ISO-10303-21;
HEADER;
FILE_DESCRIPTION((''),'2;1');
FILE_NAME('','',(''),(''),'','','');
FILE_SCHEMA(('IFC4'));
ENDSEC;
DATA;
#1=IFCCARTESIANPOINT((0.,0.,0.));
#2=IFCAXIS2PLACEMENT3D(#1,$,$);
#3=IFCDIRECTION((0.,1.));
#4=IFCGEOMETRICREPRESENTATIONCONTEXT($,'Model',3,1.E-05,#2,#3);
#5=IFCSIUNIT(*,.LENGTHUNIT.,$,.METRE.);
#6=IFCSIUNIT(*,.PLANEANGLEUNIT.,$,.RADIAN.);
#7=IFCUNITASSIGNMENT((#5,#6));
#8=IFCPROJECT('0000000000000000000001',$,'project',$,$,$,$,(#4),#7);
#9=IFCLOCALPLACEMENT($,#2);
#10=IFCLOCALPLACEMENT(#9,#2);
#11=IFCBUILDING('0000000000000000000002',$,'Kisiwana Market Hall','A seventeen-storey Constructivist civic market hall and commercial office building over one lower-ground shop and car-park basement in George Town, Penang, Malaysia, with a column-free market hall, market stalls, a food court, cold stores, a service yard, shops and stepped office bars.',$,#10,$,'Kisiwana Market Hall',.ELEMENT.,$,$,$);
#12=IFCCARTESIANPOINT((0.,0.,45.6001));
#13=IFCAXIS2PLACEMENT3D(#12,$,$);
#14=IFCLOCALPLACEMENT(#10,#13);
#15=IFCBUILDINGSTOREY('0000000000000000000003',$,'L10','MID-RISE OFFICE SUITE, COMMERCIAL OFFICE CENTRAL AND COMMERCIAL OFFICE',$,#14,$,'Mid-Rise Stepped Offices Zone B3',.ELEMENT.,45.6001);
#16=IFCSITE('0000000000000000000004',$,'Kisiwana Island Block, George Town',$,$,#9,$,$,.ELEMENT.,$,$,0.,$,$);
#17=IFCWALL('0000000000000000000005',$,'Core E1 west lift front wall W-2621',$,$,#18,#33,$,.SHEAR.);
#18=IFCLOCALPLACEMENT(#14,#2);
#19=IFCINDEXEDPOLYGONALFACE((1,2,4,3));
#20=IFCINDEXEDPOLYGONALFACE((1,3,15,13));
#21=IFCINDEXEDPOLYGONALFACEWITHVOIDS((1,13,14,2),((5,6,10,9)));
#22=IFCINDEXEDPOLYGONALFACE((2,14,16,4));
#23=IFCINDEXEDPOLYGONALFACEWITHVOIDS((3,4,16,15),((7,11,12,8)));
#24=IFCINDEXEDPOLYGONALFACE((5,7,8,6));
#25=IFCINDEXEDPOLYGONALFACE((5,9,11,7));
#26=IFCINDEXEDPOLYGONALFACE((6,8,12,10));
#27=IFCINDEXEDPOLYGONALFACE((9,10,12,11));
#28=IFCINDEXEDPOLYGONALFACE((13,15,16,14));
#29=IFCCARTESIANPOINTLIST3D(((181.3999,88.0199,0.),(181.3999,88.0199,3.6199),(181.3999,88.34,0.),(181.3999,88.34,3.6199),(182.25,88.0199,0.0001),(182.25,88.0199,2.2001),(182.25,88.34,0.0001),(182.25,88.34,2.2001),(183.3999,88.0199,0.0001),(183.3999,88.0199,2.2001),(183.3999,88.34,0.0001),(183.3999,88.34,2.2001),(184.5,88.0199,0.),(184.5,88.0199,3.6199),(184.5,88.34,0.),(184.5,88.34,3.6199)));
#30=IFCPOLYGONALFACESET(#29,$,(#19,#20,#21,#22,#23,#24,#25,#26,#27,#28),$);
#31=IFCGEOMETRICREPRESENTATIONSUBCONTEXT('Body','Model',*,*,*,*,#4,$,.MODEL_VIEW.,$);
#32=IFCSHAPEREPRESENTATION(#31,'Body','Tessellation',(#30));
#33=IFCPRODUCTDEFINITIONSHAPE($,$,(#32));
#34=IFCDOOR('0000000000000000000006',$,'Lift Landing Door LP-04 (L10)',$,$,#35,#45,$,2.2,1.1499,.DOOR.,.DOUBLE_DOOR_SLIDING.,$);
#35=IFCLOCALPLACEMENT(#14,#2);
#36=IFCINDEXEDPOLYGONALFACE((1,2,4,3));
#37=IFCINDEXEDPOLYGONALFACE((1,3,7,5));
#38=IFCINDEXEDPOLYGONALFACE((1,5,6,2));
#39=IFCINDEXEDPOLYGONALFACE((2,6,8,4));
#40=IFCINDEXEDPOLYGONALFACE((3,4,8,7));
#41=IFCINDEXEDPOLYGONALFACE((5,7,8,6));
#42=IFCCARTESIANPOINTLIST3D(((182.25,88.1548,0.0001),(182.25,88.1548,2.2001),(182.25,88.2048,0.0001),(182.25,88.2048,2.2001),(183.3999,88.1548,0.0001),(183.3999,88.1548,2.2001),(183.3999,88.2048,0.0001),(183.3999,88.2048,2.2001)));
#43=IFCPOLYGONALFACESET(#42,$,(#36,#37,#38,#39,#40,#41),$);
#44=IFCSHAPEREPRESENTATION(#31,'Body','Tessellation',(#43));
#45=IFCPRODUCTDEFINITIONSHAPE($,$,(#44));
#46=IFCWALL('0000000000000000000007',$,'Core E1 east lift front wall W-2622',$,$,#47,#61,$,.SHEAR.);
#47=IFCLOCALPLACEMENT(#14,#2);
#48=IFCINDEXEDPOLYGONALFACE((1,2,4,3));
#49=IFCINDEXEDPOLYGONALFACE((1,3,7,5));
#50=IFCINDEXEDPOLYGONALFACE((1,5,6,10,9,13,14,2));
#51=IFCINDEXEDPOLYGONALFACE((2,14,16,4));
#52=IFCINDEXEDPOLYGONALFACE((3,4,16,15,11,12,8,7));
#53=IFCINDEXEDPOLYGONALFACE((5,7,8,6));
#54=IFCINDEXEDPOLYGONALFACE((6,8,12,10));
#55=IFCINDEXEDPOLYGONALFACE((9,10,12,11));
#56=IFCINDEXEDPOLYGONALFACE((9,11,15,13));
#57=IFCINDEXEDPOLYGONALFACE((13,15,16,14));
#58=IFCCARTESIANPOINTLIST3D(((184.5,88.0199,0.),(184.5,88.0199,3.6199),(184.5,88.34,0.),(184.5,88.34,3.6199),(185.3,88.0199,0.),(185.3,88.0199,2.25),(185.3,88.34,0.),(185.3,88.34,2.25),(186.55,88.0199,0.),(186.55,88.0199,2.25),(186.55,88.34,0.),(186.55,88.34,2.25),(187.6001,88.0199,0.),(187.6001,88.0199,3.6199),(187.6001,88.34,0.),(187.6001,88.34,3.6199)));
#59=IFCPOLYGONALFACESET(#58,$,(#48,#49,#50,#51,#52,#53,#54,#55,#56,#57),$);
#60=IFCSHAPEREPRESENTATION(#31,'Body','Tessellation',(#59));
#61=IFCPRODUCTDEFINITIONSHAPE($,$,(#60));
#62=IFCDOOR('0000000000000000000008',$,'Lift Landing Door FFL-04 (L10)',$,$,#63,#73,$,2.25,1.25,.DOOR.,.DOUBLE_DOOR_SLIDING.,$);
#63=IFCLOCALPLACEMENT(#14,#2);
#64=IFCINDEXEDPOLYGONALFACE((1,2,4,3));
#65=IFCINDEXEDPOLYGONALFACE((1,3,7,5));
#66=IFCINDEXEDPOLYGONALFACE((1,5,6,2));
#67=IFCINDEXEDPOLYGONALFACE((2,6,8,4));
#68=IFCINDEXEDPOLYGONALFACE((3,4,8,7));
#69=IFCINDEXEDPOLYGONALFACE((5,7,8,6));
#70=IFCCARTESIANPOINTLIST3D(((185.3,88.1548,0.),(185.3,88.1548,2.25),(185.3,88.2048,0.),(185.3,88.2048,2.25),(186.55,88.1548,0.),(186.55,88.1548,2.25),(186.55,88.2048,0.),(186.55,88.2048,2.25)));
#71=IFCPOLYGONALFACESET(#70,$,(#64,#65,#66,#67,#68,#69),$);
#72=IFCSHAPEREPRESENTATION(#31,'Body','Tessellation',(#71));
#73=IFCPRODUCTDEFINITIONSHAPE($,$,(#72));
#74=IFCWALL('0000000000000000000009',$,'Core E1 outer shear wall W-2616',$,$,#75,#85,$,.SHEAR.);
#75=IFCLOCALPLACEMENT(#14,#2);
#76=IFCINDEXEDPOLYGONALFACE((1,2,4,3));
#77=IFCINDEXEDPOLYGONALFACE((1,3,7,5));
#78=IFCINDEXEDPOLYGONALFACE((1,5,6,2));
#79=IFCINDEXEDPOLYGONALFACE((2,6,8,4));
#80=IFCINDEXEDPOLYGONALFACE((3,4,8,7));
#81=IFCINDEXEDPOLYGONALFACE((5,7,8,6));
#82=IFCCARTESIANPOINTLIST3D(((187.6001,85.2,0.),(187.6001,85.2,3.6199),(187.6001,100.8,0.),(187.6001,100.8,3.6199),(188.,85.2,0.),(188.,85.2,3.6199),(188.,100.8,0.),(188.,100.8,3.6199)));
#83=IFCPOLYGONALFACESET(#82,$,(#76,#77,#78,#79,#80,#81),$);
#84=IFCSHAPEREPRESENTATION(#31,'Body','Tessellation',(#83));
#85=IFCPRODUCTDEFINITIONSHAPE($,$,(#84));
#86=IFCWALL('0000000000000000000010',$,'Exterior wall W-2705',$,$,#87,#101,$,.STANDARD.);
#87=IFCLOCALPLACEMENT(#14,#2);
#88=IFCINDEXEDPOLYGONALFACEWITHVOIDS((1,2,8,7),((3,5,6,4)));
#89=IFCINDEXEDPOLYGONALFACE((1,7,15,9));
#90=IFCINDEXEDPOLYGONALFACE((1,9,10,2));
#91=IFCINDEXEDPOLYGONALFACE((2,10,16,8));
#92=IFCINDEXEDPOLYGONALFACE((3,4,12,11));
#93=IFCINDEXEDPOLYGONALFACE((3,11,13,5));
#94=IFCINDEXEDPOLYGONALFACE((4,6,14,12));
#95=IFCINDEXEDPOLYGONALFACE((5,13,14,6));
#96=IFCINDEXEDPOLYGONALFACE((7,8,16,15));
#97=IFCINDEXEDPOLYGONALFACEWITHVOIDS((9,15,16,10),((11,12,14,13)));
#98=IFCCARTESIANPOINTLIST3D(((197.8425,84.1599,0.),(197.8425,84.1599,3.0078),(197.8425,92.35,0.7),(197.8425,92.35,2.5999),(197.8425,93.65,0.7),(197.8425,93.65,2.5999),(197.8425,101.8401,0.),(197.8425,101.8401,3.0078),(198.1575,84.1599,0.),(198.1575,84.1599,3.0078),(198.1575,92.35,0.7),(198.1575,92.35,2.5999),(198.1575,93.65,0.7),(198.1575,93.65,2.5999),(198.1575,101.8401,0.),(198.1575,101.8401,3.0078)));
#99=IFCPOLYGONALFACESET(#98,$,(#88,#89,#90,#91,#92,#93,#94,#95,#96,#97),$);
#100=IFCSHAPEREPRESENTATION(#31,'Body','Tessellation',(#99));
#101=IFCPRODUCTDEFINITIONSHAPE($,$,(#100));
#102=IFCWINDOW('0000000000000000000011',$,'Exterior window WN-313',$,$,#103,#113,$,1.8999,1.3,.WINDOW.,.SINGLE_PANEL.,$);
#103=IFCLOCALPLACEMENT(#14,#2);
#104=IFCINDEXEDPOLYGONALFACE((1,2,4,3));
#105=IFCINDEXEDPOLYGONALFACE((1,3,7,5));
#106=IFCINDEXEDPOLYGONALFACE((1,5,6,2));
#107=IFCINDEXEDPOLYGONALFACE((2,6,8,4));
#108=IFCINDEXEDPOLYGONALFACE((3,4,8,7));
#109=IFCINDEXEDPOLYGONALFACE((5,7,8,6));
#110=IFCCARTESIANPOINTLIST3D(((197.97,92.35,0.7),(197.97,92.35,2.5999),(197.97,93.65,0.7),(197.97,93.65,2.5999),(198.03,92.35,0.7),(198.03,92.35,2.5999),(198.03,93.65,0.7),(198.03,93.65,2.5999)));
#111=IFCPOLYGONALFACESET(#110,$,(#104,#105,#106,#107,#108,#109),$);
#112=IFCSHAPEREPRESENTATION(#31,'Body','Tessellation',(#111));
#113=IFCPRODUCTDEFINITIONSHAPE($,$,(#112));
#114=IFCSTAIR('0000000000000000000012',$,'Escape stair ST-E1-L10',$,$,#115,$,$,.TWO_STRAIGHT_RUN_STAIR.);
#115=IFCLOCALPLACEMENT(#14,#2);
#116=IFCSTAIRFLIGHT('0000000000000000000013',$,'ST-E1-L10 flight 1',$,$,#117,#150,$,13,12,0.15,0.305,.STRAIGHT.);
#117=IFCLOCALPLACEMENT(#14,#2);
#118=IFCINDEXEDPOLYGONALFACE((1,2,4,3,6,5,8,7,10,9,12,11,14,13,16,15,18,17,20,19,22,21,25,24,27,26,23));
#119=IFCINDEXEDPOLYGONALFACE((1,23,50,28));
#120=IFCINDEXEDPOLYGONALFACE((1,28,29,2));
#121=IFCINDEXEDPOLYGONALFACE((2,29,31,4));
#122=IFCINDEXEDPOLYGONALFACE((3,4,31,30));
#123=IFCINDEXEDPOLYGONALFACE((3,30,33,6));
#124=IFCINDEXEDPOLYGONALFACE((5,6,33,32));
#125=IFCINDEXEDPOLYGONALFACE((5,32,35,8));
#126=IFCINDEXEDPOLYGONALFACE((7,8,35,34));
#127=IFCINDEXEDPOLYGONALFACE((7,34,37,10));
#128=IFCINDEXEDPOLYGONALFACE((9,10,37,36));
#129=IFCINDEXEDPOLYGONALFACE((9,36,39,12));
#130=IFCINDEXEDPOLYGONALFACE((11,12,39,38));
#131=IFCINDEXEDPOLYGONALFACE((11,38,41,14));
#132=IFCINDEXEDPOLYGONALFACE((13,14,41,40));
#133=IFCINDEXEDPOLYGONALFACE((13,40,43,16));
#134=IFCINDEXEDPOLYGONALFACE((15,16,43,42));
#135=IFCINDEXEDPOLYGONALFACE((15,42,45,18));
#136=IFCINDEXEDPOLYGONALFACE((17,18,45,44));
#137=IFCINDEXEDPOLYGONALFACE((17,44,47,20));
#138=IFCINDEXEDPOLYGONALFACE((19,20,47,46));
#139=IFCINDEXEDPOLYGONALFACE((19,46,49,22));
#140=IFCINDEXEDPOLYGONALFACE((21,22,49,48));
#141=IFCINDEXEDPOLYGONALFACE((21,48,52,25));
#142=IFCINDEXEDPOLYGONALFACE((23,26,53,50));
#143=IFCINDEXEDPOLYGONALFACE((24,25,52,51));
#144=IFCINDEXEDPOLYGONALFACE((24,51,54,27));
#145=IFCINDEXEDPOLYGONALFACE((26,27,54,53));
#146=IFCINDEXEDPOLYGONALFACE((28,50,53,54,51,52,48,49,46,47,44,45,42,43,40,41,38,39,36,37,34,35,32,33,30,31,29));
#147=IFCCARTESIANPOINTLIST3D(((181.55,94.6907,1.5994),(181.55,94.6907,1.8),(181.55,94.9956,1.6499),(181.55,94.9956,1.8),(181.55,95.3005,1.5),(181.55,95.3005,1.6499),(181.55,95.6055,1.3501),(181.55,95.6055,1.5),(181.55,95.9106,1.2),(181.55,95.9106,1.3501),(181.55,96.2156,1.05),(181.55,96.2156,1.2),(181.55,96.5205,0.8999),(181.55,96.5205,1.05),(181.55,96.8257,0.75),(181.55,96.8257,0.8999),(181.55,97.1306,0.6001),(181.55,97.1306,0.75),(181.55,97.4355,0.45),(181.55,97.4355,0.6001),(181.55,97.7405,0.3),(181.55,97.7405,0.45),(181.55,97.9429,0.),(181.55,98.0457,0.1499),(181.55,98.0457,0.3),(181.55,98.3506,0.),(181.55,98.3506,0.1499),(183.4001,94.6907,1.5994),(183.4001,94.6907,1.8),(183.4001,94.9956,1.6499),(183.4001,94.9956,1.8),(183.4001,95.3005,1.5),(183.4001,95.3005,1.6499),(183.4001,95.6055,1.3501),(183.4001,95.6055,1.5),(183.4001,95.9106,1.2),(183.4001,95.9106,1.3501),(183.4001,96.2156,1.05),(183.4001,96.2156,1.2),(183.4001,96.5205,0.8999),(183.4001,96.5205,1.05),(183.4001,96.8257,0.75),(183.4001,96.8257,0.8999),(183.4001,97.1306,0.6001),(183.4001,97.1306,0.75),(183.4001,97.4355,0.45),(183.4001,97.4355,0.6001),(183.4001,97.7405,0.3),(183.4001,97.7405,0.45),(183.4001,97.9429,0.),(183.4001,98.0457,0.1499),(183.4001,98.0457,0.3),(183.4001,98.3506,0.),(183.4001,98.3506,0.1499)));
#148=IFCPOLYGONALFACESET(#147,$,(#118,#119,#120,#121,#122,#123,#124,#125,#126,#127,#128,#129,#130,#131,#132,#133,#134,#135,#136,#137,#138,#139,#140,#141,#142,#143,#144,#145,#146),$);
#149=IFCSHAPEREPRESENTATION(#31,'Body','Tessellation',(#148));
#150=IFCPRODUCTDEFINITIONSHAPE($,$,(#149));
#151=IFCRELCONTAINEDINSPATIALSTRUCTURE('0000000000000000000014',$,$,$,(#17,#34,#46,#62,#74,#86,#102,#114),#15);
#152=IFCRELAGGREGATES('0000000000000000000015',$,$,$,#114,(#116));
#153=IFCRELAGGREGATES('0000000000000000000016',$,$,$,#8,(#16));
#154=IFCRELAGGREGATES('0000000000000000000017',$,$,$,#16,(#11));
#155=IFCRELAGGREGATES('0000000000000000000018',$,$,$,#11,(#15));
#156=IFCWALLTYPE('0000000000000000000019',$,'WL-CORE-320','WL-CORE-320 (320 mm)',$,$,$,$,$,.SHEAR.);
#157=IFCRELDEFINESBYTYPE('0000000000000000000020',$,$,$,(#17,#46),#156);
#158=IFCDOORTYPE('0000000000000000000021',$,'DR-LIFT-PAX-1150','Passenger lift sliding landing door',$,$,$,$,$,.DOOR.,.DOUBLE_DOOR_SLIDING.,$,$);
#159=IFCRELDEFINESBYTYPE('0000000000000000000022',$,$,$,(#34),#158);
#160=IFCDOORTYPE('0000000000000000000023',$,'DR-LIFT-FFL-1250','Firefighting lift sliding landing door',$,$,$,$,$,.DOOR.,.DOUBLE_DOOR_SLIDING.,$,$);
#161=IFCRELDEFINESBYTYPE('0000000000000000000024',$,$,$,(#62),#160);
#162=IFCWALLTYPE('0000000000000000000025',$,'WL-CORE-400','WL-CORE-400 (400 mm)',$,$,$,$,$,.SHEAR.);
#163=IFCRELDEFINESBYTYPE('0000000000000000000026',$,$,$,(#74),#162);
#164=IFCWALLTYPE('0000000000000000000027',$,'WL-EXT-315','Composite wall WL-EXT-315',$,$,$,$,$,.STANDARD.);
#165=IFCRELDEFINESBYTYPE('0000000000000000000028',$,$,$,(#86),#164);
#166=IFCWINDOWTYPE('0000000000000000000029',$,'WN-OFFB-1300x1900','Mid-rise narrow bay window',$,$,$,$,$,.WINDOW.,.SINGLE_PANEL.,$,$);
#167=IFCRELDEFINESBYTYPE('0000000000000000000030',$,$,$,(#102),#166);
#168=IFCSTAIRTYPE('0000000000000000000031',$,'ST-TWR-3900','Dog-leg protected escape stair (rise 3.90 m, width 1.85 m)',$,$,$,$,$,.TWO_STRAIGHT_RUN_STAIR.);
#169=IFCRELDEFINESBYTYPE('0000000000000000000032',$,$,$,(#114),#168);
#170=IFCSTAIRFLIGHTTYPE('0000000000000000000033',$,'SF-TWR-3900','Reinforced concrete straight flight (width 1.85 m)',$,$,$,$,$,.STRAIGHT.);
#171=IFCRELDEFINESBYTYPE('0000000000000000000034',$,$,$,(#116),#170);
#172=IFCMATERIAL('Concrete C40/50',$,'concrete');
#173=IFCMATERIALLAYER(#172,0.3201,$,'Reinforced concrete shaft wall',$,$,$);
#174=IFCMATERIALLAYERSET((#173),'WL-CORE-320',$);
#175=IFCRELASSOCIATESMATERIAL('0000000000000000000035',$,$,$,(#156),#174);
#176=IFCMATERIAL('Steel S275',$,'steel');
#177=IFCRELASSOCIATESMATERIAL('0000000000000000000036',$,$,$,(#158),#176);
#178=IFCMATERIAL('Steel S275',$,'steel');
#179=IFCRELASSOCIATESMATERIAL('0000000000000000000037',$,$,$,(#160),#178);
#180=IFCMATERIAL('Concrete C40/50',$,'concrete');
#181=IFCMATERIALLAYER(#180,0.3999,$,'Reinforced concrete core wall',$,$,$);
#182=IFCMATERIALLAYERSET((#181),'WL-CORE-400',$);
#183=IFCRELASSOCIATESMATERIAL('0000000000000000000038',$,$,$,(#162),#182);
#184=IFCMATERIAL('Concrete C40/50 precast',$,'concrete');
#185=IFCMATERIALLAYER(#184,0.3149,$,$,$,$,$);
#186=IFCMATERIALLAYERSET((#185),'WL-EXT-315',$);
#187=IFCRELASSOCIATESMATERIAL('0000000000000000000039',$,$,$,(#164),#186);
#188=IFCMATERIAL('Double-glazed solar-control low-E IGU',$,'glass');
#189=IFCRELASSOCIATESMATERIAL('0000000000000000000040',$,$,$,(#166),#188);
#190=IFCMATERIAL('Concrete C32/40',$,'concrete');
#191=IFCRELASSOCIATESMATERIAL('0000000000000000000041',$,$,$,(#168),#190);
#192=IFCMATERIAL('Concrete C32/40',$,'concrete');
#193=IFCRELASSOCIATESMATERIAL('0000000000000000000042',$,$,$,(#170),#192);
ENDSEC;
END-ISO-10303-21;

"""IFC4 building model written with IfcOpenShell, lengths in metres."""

from ifc_helpers import new_model, si_unit, direction, frame, frame_2d, origin, place, context, subcontext, project, spatial, polyline, rectangle, outline, extrude, material, layer, layer_set, type_object, element, fill, aggregate, save


model = new_model("IFC4")

# Units and contexts
model_context = context("Model", 3, precision=1e-05, world=origin(), true_north=direction((0.0, 1.0)))
body_context = subcontext(model_context, "Body", "Model", "MODEL_VIEW")
ifc_project = project(units=[si_unit("LENGTHUNIT", "METRE"), si_unit("PLANEANGLEUNIT", "RADIAN")], contexts=[model_context])

# Site, building, storey
site_placement = place(None, origin())
site = spatial("IfcSite", under=ifc_project, at=site_placement, Name="Kisiwana Island Block, George Town", CompositionType="ELEMENT", RefElevation=0.0)
building_placement = place(site_placement, origin())
building = spatial("IfcBuilding", under=site, at=building_placement, Name="Kisiwana Market Hall", Description="A seventeen-storey Constructivist civic market hall and commercial office building over one lower-ground shop and car-park basement in George Town, Penang, Malaysia, with a column-free market hall, market stalls, a food court, cold stores, a service yard, shops and stepped office bars.", LongName="Kisiwana Market Hall", CompositionType="ELEMENT")
storey_placement = place(building_placement, frame((0.0, 0.0, 45.6001)))
storey = spatial("IfcBuildingStorey", under=building, at=storey_placement, Name="L10", Description="MID-RISE OFFICE SUITE, COMMERCIAL OFFICE CENTRAL AND COMMERCIAL OFFICE", LongName="Mid-Rise Stepped Offices Zone B3", CompositionType="ELEMENT", Elevation=45.6001)

# Shared definitions
ifc_material_1 = material(Name="Concrete C40/50", Category="concrete")
ifc_layer_1 = layer(ifc_material_1, 0.3201, Name="Reinforced concrete shaft wall")
ifc_layer_set_1 = layer_set([ifc_layer_1], Name="WL-CORE-320")
wall_type_1 = type_object("IfcWallType", Name="WL-CORE-320", Description="WL-CORE-320 (320 mm)", PredefinedType="SHEAR", material=ifc_layer_set_1)

# Walls, openings, doors
wall_1_placement = place(storey_placement, frame((181.3999, 88.1799, 0.0), z_axis=(0.0, 0.0, 1.0), x_axis=(1.0, 0.0, 0.0)))
wall_1 = element("IfcWall", 1, at=wall_1_placement, inside=storey, type_object=wall_type_1, Name="Core E1 west lift front wall W-2621", PredefinedType="SHEAR", context=body_context, shape_type="SweptSolid", body=[
    extrude(rectangle(XDim=3.1001, YDim=0.3201, at=frame_2d((1.55, 0.0))), origin(), (0.0, 0.0, 1.0), 3.6199),
])
opening_1_placement = place(wall_1_placement, frame((0.8501, 0.0, 0.0)))
opening_1 = element("IfcOpeningElement", 2, at=opening_1_placement, cuts=wall_1, PredefinedType="OPENING", context=body_context, shape_type="SweptSolid", body=[
    extrude(rectangle(XDim=1.1499, YDim=2.2, at=frame_2d((0.575, 1.1001))), frame((0.0, 0.1719, 0.0), z_axis=(0.0, -1.0, 0.0), x_axis=(1.0, 0.0, 0.0)), (0.0, 0.0, 1.0), 0.344),
])
ifc_material_2 = material(Name="Steel S275", Category="steel")
door_type_1 = type_object("IfcDoorType", Name="DR-LIFT-PAX-1150", Description="Passenger lift sliding landing door", OperationType="DOUBLE_DOOR_SLIDING", PredefinedType="DOOR", material=ifc_material_2)
door_1_placement = place(opening_1_placement, origin())
door_1 = element("IfcDoor", 3, at=door_1_placement, inside=storey, type_object=door_type_1, Name="Lift Landing Door LP-04 (L10)", OperationType="DOUBLE_DOOR_SLIDING", OverallHeight=2.2, OverallWidth=1.1499, PredefinedType="DOOR", context=body_context, shape_type="SweptSolid", body=[
    extrude(rectangle(XDim=1.1499, YDim=2.2, at=frame_2d((0.575, 1.1001))), frame((0.0, 0.0249, 0.0), z_axis=(0.0, -1.0, 0.0), x_axis=(1.0, 0.0, 0.0)), (0.0, 0.0, 1.0), 0.05),
])
fill(opening_1, door_1)
wall_2_placement = place(storey_placement, frame((184.5, 88.1799, 0.0), z_axis=(0.0, 0.0, 1.0), x_axis=(1.0, 0.0, 0.0)))
wall_2 = element("IfcWall", 4, at=wall_2_placement, inside=storey, type_object=wall_type_1, Name="Core E1 east lift front wall W-2622", PredefinedType="SHEAR", context=body_context, shape_type="SweptSolid", body=[
    extrude(rectangle(XDim=3.1001, YDim=0.3201, at=frame_2d((1.55, 0.0))), origin(), (0.0, 0.0, 1.0), 3.6199),
])
opening_2_placement = place(wall_2_placement, frame((0.8, 0.0, 0.0)))
opening_2 = element("IfcOpeningElement", 5, at=opening_2_placement, cuts=wall_2, PredefinedType="OPENING", context=body_context, shape_type="SweptSolid", body=[
    extrude(rectangle(XDim=1.25, YDim=2.25, at=frame_2d((0.625, 1.125))), frame((0.0, 0.1719, 0.0), z_axis=(0.0, -1.0, 0.0), x_axis=(1.0, 0.0, 0.0)), (0.0, 0.0, 1.0), 0.344),
])
ifc_material_3 = material(Name="Steel S275", Category="steel")
door_type_2 = type_object("IfcDoorType", Name="DR-LIFT-FFL-1250", Description="Firefighting lift sliding landing door", OperationType="DOUBLE_DOOR_SLIDING", PredefinedType="DOOR", material=ifc_material_3)
door_2_placement = place(opening_2_placement, origin())
door_2 = element("IfcDoor", 6, at=door_2_placement, inside=storey, type_object=door_type_2, Name="Lift Landing Door FFL-04 (L10)", OperationType="DOUBLE_DOOR_SLIDING", OverallHeight=2.25, OverallWidth=1.25, PredefinedType="DOOR", context=body_context, shape_type="SweptSolid", body=[
    extrude(rectangle(XDim=1.25, YDim=2.25, at=frame_2d((0.625, 1.125))), frame((0.0, 0.0249, 0.0), z_axis=(0.0, -1.0, 0.0), x_axis=(1.0, 0.0, 0.0)), (0.0, 0.0, 1.0), 0.05),
])
fill(opening_2, door_2)

# Wall
ifc_material_4 = material(Name="Concrete C40/50", Category="concrete")
ifc_layer_2 = layer(ifc_material_4, 0.3999, Name="Reinforced concrete core wall")
ifc_layer_set_2 = layer_set([ifc_layer_2], Name="WL-CORE-400")
wall_type_2 = type_object("IfcWallType", Name="WL-CORE-400", Description="WL-CORE-400 (400 mm)", PredefinedType="SHEAR", material=ifc_layer_set_2)
wall_3_placement = place(storey_placement, frame((187.8, 85.2, 0.0), z_axis=(0.0, 0.0, 1.0), x_axis=(0.0, 1.0, 0.0)))
element("IfcWall", 7, at=wall_3_placement, inside=storey, type_object=wall_type_2, Name="Core E1 outer shear wall W-2616", PredefinedType="SHEAR", context=body_context, shape_type="SweptSolid", body=[
    extrude(rectangle(XDim=15.6001, YDim=0.3999, at=frame_2d((7.8, 0.0))), origin(), (0.0, 0.0, 1.0), 3.6199),
])

# Wall, opening, window
ifc_material_5 = material(Name="Concrete C40/50 precast", Category="concrete")
ifc_layer_3 = layer(ifc_material_5, 0.3149)
ifc_layer_set_3 = layer_set([ifc_layer_3], Name="WL-EXT-315")
wall_type_3 = type_object("IfcWallType", Name="WL-EXT-315", Description="Composite wall WL-EXT-315", PredefinedType="STANDARD", material=ifc_layer_set_3)
wall_4_placement = place(storey_placement, frame((198.0, 84.1599, 0.0), z_axis=(0.0, 0.0, 1.0), x_axis=(0.0, 1.0, 0.0)))
wall_4 = element("IfcWall", 8, at=wall_4_placement, inside=storey, type_object=wall_type_3, Name="Exterior wall W-2705", PredefinedType="STANDARD", context=body_context, shape_type="SweptSolid", body=[
    extrude(rectangle(XDim=17.6802, YDim=0.3149, at=frame_2d((8.8401, 0.0))), origin(), (0.0, 0.0, 1.0), 3.0078),
])
opening_3_placement = place(wall_4_placement, frame((8.1902, 0.0, 0.7)))
opening_3 = element("IfcOpeningElement", 9, at=opening_3_placement, cuts=wall_4, PredefinedType="OPENING", context=body_context, shape_type="SweptSolid", body=[
    extrude(rectangle(XDim=1.3, YDim=1.8999, at=frame_2d((0.6499, 0.95))), frame((0.0, 0.1694, 0.0), z_axis=(0.0, -1.0, 0.0), x_axis=(1.0, 0.0, 0.0)), (0.0, 0.0, 1.0), 0.3389),
])
ifc_material_6 = material(Name="Double-glazed solar-control low-E IGU", Category="glass")
window_type = type_object("IfcWindowType", Name="WN-OFFB-1300x1900", Description="Mid-rise narrow bay window", PartitioningType="SINGLE_PANEL", PredefinedType="WINDOW", material=ifc_material_6)
window_placement = place(opening_3_placement, origin())
window = element("IfcWindow", 10, at=window_placement, inside=storey, type_object=window_type, Name="Exterior window WN-313", OverallHeight=1.8999, OverallWidth=1.3, PartitioningType="SINGLE_PANEL", PredefinedType="WINDOW", context=body_context, shape_type="SweptSolid", body=[
    extrude(rectangle(XDim=1.3, YDim=1.8999, at=frame_2d((0.6499, 0.95))), frame((0.0, 0.03, 0.0), z_axis=(0.0, -1.0, 0.0), x_axis=(1.0, 0.0, 0.0)), (0.0, 0.0, 1.0), 0.0601),
])
fill(opening_3, window)

# Stair, stair flight
ifc_material_7 = material(Name="Concrete C32/40", Category="concrete")
stair_type = type_object("IfcStairType", Name="ST-TWR-3900", Description="Dog-leg protected escape stair (rise 3.90 m, width 1.85 m)", PredefinedType="TWO_STRAIGHT_RUN_STAIR", material=ifc_material_7)
stair_placement = place(storey_placement, origin())
stair = element("IfcStair", 11, at=stair_placement, inside=storey, type_object=stair_type, Name="Escape stair ST-E1-L10", PredefinedType="TWO_STRAIGHT_RUN_STAIR")
ifc_material_8 = material(Name="Concrete C32/40", Category="concrete")
stair_flight_type = type_object("IfcStairFlightType", Name="SF-TWR-3900", Description="Reinforced concrete straight flight (width 1.85 m)", PredefinedType="STRAIGHT", material=ifc_material_8)
stair_flight_1_placement = place(storey_placement, frame((182.4751, 98.3506, 0.0), z_axis=(0.0, 0.0, 1.0), x_axis=(0.0, -1.0, 0.0)))
stair_flight_1 = element("IfcStairFlight", 12, at=stair_flight_1_placement, type_object=stair_flight_type, Name="ST-E1-L10 flight 1", NumberOfRisers=13, NumberOfTreads=12, PredefinedType="STRAIGHT", RiserHeight=0.15, TreadLength=0.305, context=body_context, shape_type="SweptSolid", body=[
    extrude(outline(polyline([(0.0, 0.0), (0.0, 0.1499), (0.3049, 0.1499), (0.3049, 0.3), (0.6101, 0.3), (0.6101, 0.45), (0.915, 0.45), (0.915, 0.6001), (1.22, 0.6001), (1.22, 0.75), (1.5249, 0.75), (1.5249, 0.8999), (1.8301, 0.8999), (1.8301, 1.05), (2.135, 1.05), (2.135, 1.2), (2.4399, 1.2), (2.4399, 1.3501), (2.7451, 1.3501), (2.7451, 1.5), (3.05, 1.5), (3.05, 1.6499), (3.355, 1.6499), (3.355, 1.8), (3.6599, 1.8), (3.6599, 1.95), (3.6599, 1.5994), (0.4077, 0.0), (0.0, 0.0)])), frame((0.0, 0.925, 0.0), z_axis=(0.0, -1.0, 0.0), x_axis=(1.0, 0.0, 0.0)), (0.0, 0.0, 1.0), 1.8501),
])
aggregate(stair, [stair_flight_1])

save(model, "model.ifc")
